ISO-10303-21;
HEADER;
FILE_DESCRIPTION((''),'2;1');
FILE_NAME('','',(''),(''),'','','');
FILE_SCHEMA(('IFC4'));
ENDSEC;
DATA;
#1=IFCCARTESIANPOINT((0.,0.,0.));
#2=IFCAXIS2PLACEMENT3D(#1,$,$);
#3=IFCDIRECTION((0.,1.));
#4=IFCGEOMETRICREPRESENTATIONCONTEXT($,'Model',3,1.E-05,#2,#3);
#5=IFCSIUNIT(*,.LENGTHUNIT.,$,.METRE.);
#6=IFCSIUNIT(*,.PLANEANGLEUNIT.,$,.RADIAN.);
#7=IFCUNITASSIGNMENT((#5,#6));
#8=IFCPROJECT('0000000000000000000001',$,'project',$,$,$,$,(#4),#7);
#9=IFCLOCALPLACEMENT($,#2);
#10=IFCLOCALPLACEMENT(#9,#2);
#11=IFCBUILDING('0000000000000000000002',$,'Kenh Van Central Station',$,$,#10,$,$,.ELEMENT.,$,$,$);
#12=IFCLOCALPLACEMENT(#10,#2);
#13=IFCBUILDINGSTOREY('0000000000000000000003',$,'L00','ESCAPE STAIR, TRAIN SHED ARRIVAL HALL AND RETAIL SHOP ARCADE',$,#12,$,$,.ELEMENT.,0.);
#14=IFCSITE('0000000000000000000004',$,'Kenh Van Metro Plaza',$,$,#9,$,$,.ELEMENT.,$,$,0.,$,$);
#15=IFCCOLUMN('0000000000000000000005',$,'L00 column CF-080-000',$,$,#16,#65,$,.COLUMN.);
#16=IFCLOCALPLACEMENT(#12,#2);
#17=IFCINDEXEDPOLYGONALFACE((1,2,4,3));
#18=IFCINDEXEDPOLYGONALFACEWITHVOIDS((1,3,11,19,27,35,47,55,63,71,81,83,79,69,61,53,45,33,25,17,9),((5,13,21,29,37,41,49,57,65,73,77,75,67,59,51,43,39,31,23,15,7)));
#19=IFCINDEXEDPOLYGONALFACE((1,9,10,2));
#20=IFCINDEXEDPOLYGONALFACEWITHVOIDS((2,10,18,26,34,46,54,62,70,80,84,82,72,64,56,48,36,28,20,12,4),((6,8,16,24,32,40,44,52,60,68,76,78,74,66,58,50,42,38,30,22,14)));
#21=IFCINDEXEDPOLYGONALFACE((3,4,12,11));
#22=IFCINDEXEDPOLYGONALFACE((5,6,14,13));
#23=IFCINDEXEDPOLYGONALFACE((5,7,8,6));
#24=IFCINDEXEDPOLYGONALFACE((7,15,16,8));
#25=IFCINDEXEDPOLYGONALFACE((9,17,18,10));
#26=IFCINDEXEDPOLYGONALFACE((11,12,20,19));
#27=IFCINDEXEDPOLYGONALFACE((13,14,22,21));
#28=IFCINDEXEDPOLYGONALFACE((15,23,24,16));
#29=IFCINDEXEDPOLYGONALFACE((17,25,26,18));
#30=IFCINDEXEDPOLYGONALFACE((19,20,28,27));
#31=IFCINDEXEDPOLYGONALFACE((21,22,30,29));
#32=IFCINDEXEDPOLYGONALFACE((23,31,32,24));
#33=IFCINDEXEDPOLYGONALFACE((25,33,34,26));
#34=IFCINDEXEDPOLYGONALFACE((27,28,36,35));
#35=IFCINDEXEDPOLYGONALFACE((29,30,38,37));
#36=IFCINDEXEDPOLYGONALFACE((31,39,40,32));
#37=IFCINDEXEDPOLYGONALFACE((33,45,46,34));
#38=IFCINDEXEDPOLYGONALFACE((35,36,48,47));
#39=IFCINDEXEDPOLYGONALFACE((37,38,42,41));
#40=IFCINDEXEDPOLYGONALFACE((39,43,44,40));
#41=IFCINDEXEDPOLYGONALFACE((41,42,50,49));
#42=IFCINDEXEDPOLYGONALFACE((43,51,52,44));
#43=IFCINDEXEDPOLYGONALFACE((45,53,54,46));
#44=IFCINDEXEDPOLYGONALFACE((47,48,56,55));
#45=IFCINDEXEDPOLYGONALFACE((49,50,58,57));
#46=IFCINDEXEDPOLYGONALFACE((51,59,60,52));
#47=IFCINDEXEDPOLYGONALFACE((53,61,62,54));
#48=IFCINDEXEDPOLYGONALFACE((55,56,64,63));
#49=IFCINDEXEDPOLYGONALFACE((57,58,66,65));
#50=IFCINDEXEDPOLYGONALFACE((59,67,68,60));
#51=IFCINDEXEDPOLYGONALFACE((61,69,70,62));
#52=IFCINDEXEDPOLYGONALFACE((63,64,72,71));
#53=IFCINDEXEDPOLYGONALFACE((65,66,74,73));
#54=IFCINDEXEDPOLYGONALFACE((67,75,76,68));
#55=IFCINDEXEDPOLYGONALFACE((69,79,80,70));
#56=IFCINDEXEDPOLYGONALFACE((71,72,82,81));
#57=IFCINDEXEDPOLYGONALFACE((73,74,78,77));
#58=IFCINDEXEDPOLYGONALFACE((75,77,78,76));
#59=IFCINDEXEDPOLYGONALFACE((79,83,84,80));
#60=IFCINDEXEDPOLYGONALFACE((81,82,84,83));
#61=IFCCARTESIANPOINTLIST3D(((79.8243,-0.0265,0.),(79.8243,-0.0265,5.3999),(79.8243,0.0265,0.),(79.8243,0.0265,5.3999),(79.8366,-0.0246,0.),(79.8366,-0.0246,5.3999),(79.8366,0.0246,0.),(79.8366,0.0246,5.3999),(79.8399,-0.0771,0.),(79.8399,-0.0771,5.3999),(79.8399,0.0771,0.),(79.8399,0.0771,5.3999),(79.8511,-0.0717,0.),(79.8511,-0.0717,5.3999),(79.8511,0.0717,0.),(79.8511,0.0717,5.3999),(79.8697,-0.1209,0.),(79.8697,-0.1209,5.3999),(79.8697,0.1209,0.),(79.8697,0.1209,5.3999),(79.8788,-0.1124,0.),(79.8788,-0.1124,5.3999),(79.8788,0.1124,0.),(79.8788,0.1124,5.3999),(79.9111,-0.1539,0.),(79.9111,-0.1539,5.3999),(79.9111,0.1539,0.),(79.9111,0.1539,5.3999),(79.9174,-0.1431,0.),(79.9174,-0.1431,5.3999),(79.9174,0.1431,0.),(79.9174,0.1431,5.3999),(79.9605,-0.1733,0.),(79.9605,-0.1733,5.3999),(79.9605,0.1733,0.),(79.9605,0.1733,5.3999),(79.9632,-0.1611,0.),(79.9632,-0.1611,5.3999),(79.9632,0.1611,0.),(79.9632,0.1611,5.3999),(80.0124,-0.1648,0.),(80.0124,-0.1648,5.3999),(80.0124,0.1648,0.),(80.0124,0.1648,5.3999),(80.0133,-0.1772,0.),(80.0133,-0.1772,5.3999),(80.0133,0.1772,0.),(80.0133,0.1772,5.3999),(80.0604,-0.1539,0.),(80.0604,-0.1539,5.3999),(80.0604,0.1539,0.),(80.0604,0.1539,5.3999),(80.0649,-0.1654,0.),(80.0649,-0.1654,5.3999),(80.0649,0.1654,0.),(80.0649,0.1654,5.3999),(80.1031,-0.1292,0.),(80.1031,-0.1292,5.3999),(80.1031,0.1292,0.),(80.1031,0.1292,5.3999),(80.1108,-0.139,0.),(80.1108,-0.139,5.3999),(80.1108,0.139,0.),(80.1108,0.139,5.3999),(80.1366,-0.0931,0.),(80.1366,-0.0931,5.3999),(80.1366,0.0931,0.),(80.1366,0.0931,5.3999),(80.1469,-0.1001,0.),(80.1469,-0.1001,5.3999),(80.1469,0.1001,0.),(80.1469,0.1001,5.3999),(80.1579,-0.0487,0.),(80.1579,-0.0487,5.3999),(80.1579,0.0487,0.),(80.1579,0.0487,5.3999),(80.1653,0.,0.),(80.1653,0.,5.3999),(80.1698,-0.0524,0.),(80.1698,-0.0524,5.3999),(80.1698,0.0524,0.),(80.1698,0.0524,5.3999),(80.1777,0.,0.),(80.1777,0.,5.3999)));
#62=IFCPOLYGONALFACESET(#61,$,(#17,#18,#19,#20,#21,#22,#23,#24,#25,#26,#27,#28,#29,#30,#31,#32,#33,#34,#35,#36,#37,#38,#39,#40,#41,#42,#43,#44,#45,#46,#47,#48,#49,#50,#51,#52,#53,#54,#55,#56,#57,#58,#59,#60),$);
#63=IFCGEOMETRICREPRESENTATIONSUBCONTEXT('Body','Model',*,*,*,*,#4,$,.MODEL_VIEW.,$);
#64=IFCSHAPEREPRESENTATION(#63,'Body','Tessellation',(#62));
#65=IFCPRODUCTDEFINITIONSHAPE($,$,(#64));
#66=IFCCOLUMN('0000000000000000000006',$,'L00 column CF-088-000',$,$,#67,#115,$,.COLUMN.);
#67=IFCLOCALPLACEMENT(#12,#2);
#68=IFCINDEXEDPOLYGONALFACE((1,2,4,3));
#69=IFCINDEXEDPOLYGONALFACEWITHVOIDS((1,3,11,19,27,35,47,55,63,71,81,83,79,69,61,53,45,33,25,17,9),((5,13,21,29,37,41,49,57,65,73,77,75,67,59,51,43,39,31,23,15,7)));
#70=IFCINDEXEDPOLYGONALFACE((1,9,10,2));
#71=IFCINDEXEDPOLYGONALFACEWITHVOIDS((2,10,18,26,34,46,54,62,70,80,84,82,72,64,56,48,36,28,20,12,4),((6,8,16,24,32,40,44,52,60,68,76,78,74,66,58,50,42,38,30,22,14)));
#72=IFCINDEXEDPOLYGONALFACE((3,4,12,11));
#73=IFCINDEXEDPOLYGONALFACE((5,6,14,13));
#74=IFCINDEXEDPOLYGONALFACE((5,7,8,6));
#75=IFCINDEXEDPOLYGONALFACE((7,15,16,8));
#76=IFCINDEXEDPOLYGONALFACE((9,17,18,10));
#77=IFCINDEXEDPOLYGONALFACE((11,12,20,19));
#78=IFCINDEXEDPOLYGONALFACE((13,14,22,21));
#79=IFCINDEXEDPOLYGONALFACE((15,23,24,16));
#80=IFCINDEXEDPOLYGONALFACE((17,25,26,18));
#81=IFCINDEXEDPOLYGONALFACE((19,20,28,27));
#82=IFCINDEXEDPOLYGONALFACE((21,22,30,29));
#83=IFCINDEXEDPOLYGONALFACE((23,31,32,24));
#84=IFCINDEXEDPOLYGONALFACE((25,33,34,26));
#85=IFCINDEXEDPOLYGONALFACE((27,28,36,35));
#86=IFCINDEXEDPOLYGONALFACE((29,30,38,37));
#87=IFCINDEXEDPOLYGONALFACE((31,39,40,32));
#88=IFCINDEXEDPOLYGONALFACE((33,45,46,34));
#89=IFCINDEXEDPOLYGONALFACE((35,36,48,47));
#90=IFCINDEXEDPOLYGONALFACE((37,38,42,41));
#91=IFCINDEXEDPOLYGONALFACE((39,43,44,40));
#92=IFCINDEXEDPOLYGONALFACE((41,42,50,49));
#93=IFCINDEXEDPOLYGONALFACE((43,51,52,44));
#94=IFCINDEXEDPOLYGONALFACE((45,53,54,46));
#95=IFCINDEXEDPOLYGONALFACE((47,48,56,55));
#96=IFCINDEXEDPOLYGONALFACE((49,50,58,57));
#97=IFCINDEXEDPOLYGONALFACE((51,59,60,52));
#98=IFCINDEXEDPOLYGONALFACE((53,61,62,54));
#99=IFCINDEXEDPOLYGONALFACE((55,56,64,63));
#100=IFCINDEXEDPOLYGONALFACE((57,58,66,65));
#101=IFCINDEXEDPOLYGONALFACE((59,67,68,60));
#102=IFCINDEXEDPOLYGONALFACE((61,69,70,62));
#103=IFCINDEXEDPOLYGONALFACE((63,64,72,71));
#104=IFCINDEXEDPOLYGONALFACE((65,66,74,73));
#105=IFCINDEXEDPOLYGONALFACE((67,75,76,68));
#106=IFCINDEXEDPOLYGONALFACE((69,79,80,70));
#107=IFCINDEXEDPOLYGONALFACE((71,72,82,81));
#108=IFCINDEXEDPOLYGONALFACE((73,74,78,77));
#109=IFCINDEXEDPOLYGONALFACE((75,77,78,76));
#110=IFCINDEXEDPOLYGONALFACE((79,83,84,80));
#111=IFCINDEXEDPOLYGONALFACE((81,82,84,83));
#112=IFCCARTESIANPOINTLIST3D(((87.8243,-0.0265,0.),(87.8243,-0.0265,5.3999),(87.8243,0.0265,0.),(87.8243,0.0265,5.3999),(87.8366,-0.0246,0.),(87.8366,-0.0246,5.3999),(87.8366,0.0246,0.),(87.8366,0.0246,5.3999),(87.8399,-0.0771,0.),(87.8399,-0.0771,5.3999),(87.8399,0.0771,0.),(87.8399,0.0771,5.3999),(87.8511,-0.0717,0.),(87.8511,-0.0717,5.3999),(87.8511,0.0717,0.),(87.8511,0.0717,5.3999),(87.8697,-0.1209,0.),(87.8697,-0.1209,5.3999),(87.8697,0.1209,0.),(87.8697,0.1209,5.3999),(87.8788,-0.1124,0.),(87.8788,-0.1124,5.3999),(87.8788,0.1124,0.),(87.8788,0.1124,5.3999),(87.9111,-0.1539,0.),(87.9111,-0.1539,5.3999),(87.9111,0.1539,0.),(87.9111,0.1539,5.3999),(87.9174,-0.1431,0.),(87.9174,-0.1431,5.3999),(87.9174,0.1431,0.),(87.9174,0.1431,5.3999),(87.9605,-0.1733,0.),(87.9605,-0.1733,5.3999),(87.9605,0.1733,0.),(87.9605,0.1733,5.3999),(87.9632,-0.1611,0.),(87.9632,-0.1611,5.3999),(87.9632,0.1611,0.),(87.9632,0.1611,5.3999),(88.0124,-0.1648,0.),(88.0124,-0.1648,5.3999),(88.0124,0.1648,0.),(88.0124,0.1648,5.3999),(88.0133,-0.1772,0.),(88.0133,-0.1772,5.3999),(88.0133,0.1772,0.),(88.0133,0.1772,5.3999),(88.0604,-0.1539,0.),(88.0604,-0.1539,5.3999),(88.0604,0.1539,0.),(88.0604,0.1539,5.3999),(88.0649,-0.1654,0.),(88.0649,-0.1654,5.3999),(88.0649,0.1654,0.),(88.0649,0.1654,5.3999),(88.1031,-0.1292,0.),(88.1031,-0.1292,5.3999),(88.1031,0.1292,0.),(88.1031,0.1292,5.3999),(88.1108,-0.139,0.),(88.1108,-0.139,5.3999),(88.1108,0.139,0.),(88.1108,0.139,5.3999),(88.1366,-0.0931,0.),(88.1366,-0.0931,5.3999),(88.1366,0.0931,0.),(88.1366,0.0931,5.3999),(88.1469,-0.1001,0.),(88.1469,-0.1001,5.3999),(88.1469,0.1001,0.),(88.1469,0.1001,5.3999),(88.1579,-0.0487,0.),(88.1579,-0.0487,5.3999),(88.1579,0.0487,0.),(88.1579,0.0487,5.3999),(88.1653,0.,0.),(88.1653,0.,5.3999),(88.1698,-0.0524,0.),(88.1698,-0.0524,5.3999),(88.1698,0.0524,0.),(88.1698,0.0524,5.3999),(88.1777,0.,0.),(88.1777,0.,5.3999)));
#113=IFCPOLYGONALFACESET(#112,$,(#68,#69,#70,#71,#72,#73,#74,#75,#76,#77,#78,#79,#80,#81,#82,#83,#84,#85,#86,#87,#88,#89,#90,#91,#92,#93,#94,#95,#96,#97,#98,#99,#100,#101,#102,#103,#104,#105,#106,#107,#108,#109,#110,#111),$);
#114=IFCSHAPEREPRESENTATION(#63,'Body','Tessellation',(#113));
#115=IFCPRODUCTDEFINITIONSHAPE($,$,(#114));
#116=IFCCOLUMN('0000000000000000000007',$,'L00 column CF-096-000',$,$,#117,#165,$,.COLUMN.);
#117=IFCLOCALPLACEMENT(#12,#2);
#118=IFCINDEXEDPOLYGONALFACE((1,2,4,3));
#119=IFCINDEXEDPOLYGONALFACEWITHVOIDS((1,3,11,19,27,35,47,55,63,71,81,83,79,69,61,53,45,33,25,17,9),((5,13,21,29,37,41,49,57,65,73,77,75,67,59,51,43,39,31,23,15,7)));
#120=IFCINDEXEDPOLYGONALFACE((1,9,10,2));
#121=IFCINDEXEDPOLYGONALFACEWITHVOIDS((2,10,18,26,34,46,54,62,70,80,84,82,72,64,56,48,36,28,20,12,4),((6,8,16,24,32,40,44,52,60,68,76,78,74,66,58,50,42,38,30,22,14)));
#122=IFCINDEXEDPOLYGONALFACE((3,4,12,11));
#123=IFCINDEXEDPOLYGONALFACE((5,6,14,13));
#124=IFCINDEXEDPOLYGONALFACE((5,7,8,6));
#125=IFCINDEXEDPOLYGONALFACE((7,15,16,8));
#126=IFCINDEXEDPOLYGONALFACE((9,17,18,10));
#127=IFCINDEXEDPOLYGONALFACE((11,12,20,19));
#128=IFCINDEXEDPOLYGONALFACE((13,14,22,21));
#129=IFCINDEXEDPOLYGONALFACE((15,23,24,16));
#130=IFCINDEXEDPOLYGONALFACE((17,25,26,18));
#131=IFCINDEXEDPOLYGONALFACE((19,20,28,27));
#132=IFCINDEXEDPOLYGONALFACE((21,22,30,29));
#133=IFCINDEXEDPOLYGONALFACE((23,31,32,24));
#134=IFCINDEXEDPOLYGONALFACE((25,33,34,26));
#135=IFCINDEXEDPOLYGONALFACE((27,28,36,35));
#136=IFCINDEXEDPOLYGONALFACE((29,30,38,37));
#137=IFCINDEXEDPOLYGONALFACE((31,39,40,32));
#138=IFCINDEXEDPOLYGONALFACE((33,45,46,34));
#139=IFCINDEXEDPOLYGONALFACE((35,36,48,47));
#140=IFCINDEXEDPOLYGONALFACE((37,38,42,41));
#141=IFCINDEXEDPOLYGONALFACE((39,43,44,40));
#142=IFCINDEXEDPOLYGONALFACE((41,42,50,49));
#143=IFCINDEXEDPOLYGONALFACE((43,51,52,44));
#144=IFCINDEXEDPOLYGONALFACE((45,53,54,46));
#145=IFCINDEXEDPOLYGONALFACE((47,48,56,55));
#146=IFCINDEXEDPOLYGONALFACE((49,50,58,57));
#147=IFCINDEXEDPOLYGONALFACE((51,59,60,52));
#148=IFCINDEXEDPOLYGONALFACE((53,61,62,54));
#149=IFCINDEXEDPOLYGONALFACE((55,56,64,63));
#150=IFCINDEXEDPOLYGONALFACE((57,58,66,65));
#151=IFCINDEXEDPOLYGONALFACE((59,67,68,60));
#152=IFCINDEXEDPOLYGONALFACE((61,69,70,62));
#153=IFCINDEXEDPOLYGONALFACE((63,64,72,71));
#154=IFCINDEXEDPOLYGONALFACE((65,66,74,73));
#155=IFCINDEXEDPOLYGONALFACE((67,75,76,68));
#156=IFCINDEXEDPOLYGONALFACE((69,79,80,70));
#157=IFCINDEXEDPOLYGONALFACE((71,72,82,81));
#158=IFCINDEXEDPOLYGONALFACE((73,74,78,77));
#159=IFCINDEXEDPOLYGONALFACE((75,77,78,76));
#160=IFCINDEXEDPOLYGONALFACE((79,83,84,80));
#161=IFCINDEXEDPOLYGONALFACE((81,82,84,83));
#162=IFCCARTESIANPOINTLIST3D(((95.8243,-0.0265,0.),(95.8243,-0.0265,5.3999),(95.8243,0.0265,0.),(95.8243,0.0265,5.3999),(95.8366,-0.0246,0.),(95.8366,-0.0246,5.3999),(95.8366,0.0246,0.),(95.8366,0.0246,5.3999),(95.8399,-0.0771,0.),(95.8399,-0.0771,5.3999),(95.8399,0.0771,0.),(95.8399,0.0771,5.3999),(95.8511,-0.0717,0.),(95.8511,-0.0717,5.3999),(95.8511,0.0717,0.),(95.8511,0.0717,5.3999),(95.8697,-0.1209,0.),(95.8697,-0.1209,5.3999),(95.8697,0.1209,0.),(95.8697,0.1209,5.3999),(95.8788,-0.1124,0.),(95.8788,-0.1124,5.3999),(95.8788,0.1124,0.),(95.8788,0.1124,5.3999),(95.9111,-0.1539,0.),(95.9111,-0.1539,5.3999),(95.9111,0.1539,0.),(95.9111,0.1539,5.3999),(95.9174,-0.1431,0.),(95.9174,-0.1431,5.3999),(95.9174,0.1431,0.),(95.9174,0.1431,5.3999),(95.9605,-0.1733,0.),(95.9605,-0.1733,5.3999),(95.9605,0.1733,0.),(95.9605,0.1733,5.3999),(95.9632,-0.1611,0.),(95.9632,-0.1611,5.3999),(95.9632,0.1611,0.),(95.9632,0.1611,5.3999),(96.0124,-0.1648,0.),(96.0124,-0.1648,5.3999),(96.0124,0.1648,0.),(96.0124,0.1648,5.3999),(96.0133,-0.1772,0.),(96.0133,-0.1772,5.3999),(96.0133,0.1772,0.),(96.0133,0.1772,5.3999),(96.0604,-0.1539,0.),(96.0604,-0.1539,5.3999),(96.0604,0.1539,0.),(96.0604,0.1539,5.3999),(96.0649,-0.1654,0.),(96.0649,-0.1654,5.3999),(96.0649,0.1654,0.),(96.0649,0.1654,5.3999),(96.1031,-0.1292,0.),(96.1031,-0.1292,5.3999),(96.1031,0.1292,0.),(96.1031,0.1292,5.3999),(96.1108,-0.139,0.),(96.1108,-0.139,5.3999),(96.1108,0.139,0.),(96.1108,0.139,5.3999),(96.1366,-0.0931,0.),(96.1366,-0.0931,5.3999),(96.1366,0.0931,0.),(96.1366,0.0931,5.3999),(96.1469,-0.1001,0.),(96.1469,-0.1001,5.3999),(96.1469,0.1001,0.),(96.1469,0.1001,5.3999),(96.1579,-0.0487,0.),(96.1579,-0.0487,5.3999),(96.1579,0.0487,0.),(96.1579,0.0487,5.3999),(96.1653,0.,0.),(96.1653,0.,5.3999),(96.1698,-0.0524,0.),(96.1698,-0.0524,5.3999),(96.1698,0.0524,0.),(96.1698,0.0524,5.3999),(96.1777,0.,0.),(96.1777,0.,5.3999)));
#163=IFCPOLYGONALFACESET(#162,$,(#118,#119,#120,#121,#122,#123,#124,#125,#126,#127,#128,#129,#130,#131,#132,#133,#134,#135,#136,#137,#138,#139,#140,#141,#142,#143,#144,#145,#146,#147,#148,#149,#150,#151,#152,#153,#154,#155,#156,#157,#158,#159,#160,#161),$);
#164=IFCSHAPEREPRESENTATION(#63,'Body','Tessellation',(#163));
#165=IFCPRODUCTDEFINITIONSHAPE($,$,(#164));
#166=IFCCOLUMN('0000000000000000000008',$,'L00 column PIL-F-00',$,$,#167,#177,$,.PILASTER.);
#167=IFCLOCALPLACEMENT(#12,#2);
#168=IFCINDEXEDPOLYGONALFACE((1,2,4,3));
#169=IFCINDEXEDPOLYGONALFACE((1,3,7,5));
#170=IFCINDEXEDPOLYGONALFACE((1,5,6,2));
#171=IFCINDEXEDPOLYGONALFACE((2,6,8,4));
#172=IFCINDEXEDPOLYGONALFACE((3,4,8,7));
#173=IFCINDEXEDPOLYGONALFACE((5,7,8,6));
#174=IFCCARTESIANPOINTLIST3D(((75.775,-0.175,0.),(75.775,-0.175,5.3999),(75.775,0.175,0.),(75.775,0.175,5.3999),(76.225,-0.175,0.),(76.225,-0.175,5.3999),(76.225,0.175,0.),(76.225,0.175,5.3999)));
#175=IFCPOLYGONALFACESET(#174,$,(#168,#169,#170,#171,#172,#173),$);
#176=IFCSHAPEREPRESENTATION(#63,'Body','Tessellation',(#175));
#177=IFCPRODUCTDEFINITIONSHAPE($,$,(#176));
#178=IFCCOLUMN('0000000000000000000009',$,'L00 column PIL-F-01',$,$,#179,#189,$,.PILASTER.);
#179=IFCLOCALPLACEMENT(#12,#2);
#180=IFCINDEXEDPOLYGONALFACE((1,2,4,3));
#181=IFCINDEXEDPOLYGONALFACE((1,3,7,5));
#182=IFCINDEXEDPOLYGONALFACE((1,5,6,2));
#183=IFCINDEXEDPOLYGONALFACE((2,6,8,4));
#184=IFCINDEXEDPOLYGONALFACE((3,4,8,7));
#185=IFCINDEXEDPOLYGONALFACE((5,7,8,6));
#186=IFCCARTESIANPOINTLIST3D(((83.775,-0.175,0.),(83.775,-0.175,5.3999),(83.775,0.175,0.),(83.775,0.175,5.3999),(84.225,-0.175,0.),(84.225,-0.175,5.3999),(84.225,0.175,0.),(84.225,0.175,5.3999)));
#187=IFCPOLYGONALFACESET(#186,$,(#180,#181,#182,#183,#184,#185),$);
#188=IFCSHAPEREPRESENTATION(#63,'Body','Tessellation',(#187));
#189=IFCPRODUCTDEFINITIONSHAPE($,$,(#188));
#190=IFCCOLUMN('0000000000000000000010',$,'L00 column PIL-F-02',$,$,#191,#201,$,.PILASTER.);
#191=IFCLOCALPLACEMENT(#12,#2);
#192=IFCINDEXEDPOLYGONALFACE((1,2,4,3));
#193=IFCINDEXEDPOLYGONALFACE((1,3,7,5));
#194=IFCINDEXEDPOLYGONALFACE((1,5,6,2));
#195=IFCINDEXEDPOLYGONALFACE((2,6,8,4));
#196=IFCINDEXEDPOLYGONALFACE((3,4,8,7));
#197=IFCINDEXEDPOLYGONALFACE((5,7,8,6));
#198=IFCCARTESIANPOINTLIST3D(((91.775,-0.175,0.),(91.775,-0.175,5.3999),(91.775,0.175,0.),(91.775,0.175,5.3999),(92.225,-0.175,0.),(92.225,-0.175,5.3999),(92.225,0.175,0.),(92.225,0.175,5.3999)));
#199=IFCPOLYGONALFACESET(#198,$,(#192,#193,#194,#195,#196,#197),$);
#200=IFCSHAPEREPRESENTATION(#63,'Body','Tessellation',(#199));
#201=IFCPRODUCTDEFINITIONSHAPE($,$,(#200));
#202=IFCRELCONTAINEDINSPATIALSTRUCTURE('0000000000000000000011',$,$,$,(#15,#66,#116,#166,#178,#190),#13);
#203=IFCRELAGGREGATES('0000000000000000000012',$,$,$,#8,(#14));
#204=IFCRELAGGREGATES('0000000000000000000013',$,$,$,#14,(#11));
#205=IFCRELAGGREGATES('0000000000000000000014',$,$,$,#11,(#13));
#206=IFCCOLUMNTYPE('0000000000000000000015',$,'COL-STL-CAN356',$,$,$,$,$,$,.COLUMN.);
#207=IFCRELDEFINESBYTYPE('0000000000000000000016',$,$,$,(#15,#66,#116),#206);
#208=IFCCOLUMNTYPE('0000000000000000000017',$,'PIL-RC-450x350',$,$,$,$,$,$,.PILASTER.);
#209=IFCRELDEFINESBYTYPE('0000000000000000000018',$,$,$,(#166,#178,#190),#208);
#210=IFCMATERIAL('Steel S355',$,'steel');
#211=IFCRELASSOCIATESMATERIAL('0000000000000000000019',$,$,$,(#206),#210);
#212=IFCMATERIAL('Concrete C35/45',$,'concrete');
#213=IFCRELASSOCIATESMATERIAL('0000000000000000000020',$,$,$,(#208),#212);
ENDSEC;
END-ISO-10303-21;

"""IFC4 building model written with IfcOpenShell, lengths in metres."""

from ifc_helpers import new_model, si_unit, direction, frame, origin, origin_2d, place, context, subcontext, project, spatial, rectangle, hollow_circle, extrude, material, material_profile, profile_set, type_object, element, save


model = new_model("IFC4")

# Units and contexts
model_context = context("Model", 3, precision=1e-05, world=origin(), true_north=direction((0.0, 1.0)))
body_context = subcontext(model_context, "Body", "Model", "MODEL_VIEW")
ifc_project = project(units=[si_unit("LENGTHUNIT", "METRE"), si_unit("PLANEANGLEUNIT", "RADIAN")], contexts=[model_context])

# Site, building, storey
site_placement = place(None, origin())
site = spatial("IfcSite", under=ifc_project, at=site_placement, Name="Kenh Van Metro Plaza", CompositionType="ELEMENT", RefElevation=0.0)
building_placement = place(site_placement, origin())
building = spatial("IfcBuilding", under=site, at=building_placement, Name="Kenh Van Central Station", CompositionType="ELEMENT")
storey_placement = place(building_placement, origin())
storey = spatial("IfcBuildingStorey", under=building, at=storey_placement, Name="L00", Description="ESCAPE STAIR, TRAIN SHED ARRIVAL HALL AND RETAIL SHOP ARCADE", CompositionType="ELEMENT", Elevation=0.0)

# Columns
ifc_material_1 = material(Name="Steel S355", Category="steel")
ifc_material_profile_1 = material_profile(ifc_material_1, hollow_circle(Radius=0.1777, WallThickness=0.0125, at=origin_2d()), Name="CHS 355.6x12.5")
ifc_profile_set_1 = profile_set([ifc_material_profile_1], Name="Steel S355")
column_type_1 = type_object("IfcColumnType", Name="COL-STL-CAN356", PredefinedType="COLUMN", material=ifc_profile_set_1)
for number, where, z_axis, x_axis, name in (
    (1, (80.0, 0.0, 0.0), (0.0, 0.0, 1.0), (1.0, 0.0, 0.0), "L00 column CF-080-000"),
    (2, (88.0, 0.0, 0.0), (0.0, 0.0, 1.0), (1.0, 0.0, 0.0), "L00 column CF-088-000"),
    (3, (96.0, 0.0, 0.0), (0.0, 0.0, 1.0), (1.0, 0.0, 0.0), "L00 column CF-096-000"),
):
    element("IfcColumn", number, at=place(storey_placement, frame(where, z_axis=z_axis, x_axis=x_axis)), inside=storey, type_object=column_type_1, Name=name, PredefinedType="COLUMN", context=body_context, shape_type="SweptSolid", body=[
        extrude(hollow_circle(Radius=0.1777, WallThickness=0.0125, at=origin_2d()), origin(), (0.0, 0.0, 1.0), 5.3999),
    ])
ifc_material_2 = material(Name="Concrete C35/45", Category="concrete")
ifc_material_profile_2 = material_profile(ifc_material_2, rectangle(XDim=0.45, YDim=0.3501, at=origin_2d()), Name="RC 450x350")
ifc_profile_set_2 = profile_set([ifc_material_profile_2], Name="Concrete C35/45")
column_type_2 = type_object("IfcColumnType", Name="PIL-RC-450x350", PredefinedType="PILASTER", material=ifc_profile_set_2)
for number, where, z_axis, x_axis, name in (
    (4, (76.0, 0.0, 0.0), (0.0, 0.0, 1.0), (1.0, 0.0, 0.0), "L00 column PIL-F-00"),
    (5, (84.0, 0.0, 0.0), (0.0, 0.0, 1.0), (1.0, 0.0, 0.0), "L00 column PIL-F-01"),
    (6, (92.0, 0.0, 0.0), (0.0, 0.0, 1.0), (1.0, 0.0, 0.0), "L00 column PIL-F-02"),
):
    element("IfcColumn", number, at=place(storey_placement, frame(where, z_axis=z_axis, x_axis=x_axis)), inside=storey, type_object=column_type_2, Name=name, PredefinedType="PILASTER", context=body_context, shape_type="SweptSolid", body=[
        extrude(rectangle(XDim=0.45, YDim=0.3501, at=origin_2d()), origin(), (0.0, 0.0, 1.0), 5.3999),
    ])

save(model, "model.ifc")
